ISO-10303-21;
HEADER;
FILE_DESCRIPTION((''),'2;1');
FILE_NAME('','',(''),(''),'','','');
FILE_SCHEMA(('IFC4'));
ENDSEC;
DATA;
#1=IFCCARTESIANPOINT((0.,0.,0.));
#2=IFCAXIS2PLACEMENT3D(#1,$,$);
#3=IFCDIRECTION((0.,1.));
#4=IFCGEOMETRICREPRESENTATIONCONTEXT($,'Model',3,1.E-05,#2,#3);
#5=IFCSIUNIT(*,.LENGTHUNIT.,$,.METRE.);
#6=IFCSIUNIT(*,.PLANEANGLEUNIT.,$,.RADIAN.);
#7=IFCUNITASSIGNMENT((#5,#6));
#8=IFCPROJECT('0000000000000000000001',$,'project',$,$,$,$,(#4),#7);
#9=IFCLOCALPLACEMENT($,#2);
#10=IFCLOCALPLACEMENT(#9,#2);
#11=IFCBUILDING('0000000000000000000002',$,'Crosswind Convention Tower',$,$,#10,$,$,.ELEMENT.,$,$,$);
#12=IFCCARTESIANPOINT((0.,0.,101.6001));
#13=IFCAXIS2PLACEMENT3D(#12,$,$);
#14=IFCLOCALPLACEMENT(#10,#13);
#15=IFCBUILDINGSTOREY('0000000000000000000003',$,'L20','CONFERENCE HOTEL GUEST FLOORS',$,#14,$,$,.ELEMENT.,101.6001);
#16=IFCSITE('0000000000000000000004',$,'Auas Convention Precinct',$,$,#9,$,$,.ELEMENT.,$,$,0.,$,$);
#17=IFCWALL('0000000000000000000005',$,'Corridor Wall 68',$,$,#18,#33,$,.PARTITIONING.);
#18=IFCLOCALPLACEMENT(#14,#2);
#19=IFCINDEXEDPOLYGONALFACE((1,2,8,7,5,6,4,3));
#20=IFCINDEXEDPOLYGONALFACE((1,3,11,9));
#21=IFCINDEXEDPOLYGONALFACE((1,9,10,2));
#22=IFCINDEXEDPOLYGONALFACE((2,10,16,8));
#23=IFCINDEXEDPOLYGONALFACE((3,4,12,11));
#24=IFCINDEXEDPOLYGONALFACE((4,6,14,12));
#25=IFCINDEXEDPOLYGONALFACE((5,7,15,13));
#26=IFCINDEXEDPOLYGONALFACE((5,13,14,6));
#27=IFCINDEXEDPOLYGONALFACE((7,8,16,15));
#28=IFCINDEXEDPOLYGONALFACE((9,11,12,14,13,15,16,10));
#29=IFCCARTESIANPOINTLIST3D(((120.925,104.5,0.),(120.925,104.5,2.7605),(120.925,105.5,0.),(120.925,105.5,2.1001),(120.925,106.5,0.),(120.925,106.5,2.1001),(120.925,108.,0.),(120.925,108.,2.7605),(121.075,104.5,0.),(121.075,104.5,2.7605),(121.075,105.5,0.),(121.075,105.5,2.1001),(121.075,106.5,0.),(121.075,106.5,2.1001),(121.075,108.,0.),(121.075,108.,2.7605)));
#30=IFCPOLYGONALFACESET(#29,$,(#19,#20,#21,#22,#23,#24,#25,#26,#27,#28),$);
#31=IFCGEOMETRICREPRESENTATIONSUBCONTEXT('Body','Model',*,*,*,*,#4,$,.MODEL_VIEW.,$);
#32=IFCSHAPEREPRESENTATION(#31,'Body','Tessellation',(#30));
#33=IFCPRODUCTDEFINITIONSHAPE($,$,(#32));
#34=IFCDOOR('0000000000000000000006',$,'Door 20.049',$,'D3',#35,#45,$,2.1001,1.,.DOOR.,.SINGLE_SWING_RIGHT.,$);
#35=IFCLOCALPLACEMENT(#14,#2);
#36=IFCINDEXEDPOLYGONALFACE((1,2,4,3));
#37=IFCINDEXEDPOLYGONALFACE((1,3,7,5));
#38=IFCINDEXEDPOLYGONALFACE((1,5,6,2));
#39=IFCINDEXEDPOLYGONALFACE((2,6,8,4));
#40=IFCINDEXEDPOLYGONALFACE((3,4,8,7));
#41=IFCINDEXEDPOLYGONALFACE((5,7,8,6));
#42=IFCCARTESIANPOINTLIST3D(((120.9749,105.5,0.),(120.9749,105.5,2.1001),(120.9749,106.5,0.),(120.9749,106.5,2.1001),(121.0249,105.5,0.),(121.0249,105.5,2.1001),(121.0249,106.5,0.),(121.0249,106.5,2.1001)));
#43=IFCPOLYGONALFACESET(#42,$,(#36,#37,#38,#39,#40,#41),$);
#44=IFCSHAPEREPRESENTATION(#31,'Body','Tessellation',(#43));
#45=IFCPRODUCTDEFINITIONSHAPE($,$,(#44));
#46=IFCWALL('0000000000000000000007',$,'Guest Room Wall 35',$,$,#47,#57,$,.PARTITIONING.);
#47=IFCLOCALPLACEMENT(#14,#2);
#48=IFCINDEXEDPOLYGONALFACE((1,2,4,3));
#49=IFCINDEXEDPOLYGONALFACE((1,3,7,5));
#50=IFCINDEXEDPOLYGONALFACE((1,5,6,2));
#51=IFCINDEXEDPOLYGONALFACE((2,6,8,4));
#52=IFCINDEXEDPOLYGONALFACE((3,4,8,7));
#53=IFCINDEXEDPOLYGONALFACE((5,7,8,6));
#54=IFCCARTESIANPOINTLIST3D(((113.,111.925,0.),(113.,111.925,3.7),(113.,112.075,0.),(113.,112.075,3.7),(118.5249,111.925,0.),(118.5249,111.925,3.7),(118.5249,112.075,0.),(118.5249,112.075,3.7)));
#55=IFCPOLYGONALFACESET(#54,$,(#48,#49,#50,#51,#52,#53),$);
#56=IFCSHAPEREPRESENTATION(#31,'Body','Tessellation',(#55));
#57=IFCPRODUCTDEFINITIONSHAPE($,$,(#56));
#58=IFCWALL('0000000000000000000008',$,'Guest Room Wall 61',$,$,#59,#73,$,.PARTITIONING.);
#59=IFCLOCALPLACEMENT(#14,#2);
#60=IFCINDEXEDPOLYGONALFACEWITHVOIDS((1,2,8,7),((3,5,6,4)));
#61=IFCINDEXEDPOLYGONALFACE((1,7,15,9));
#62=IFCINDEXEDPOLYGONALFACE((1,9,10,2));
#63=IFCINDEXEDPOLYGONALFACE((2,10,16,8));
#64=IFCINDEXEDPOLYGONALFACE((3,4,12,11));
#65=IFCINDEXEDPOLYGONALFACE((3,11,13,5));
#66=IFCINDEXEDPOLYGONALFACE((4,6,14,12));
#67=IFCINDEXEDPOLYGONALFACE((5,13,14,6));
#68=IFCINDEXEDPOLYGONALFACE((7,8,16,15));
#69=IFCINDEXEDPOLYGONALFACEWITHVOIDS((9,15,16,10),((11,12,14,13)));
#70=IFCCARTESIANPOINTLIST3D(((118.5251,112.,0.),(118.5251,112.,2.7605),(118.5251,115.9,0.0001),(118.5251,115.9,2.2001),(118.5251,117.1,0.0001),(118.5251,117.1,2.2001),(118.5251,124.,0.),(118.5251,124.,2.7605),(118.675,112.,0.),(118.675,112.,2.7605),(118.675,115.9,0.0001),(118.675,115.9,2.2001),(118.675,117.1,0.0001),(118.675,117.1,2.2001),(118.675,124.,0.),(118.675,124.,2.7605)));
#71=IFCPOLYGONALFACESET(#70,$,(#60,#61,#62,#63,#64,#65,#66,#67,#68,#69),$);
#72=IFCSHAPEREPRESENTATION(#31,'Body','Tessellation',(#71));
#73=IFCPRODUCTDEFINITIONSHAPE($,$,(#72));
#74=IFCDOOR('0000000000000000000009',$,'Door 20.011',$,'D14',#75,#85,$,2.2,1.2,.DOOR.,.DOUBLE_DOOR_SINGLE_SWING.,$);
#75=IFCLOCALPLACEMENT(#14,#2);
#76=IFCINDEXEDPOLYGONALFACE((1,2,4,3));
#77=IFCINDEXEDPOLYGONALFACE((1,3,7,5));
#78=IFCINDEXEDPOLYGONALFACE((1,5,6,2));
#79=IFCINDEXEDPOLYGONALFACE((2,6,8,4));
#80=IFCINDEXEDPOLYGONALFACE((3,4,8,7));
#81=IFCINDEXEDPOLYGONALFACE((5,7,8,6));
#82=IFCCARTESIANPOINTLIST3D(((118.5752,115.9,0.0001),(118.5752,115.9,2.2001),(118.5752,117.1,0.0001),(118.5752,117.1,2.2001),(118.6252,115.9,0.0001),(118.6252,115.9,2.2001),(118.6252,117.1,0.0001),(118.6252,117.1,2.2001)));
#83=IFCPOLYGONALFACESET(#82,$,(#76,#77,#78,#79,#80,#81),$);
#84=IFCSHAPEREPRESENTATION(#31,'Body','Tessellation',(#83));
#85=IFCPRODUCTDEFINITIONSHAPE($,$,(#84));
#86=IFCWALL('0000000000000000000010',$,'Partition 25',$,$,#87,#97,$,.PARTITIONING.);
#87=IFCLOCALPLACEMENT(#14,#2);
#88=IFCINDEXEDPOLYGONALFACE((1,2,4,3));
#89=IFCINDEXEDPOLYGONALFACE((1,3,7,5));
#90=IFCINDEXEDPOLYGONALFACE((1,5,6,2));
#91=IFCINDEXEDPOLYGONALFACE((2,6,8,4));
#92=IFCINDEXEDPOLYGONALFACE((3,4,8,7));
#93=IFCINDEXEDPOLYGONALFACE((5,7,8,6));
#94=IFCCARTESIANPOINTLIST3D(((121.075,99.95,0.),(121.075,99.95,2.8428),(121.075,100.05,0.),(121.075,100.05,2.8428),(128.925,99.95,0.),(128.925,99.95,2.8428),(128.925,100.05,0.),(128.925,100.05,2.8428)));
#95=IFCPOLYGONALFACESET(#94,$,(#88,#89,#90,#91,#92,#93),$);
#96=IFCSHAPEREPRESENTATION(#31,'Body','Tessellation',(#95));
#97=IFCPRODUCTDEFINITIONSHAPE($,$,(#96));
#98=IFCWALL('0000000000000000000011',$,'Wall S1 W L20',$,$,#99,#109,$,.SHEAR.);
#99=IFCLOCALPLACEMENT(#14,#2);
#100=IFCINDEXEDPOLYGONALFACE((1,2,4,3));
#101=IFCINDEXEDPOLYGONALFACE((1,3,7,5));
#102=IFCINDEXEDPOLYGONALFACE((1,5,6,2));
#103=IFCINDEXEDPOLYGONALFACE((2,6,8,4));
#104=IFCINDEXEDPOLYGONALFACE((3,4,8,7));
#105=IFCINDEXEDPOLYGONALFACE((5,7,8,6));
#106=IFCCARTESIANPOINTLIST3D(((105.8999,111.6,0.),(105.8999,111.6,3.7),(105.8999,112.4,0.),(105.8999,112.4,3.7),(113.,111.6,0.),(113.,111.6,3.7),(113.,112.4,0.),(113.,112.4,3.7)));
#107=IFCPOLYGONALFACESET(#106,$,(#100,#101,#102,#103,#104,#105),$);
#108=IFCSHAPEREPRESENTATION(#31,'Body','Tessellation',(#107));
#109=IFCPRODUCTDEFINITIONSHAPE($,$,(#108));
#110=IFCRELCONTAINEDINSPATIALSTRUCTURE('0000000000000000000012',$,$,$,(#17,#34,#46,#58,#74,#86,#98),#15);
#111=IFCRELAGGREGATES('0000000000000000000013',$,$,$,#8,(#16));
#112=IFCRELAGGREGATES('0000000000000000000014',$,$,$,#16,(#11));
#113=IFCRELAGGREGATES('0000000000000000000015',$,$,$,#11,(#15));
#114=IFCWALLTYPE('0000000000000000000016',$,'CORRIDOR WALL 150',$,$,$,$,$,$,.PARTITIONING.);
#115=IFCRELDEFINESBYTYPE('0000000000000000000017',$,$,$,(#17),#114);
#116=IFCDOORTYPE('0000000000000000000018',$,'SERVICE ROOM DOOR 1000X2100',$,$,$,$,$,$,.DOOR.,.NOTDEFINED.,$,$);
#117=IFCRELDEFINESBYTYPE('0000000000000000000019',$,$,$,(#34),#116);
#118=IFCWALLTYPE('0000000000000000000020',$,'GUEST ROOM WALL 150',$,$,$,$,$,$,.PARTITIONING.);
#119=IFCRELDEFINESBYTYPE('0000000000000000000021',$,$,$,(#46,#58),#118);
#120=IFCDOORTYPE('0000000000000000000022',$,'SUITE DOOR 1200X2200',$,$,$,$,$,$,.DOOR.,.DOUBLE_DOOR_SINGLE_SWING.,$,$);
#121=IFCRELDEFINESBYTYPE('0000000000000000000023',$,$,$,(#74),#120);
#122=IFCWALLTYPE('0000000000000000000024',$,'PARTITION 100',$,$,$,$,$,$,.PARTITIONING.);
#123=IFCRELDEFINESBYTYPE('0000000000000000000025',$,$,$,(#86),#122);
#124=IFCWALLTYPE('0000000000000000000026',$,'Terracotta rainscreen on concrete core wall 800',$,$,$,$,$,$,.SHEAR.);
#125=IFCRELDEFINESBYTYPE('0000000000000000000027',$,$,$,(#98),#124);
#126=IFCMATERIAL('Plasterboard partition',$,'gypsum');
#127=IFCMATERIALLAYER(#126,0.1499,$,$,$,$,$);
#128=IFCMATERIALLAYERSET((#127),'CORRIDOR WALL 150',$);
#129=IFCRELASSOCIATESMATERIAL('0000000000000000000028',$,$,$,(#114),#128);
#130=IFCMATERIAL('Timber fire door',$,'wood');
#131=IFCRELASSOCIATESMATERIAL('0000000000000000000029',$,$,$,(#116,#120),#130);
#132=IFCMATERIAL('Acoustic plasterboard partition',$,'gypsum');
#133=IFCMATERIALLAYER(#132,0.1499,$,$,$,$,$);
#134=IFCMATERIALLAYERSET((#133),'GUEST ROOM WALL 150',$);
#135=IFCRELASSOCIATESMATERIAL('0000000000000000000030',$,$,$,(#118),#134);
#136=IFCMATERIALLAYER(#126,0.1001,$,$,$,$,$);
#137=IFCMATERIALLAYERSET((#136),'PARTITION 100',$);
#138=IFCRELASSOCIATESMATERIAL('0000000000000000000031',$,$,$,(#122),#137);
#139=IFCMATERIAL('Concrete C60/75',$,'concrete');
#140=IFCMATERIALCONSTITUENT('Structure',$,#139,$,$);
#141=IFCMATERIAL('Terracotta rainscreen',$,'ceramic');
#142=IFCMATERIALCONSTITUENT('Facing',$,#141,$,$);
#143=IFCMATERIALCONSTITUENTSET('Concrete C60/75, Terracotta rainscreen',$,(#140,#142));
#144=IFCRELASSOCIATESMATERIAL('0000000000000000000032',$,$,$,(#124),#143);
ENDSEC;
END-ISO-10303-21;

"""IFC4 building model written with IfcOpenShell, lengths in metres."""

from ifc_helpers import new_model, si_unit, direction, frame, frame_2d, origin, place, context, subcontext, project, spatial, rectangle, extrude, material, layer, layer_set, constituent, constituent_set, type_object, element, fill, save


model = new_model("IFC4")

# Units and contexts
model_context = context("Model", 3, precision=1e-05, world=origin(), true_north=direction((0.0, 1.0)))
body_context = subcontext(model_context, "Body", "Model", "MODEL_VIEW")
ifc_project = project(units=[si_unit("LENGTHUNIT", "METRE"), si_unit("PLANEANGLEUNIT", "RADIAN")], contexts=[model_context])

# Site, building, storey
site_placement = place(None, origin())
site = spatial("IfcSite", under=ifc_project, at=site_placement, Name="Auas Convention Precinct", CompositionType="ELEMENT", RefElevation=0.0)
building_placement = place(site_placement, origin())
building = spatial("IfcBuilding", under=site, at=building_placement, Name="Crosswind Convention Tower", CompositionType="ELEMENT")
storey_placement = place(building_placement, frame((0.0, 0.0, 101.6001)))
storey = spatial("IfcBuildingStorey", under=building, at=storey_placement, Name="L20", Description="CONFERENCE HOTEL GUEST FLOORS", CompositionType="ELEMENT", Elevation=101.6001)

# Shared definitions
ifc_material_1 = material(Name="Plasterboard partition", Category="gypsum")
ifc_layer_1 = layer(ifc_material_1, 0.1499)
ifc_layer_set_1 = layer_set([ifc_layer_1], Name="CORRIDOR WALL 150")
wall_type_1 = type_object("IfcWallType", Name="CORRIDOR WALL 150", PredefinedType="PARTITIONING", material=ifc_layer_set_1)

# Wall, opening, door
ifc_material_2 = material(Name="Timber fire door", Category="wood")
door_type_1 = type_object("IfcDoorType", Name="SERVICE ROOM DOOR 1000X2100", OperationType="NOTDEFINED", PredefinedType="DOOR", material=ifc_material_2)
wall_1_placement = place(storey_placement, frame((121.0, 104.5, 0.0), z_axis=(0.0, 0.0, 1.0), x_axis=(0.0, 1.0, 0.0)))
wall_1 = element("IfcWall", 1, at=wall_1_placement, inside=storey, type_object=wall_type_1, Name="Corridor Wall 68", PredefinedType="PARTITIONING", context=body_context, shape_type="SweptSolid", body=[
    extrude(rectangle(XDim=3.5, YDim=0.1499, at=frame_2d((1.75, 0.0))), origin(), (0.0, 0.0, 1.0), 2.7605),
])
opening_1_placement = place(wall_1_placement, frame((1.0, 0.0, 0.0)))
opening_1 = element("IfcOpeningElement", 2, at=opening_1_placement, cuts=wall_1, PredefinedType="OPENING", context=body_context, shape_type="SweptSolid", body=[
    extrude(rectangle(XDim=1.0, YDim=2.1001, at=frame_2d((0.5, 1.05))), frame((0.0, 0.085, 0.0), z_axis=(0.0, -1.0, 0.0), x_axis=(1.0, 0.0, 0.0)), (0.0, 0.0, 1.0), 0.1699),
])
door_1_placement = place(opening_1_placement, frame((1.0, 0.0, 0.0), z_axis=(0.0, 0.0, 1.0), x_axis=(-1.0, 0.0, 0.0)))
door_1 = element("IfcDoor", 3, at=door_1_placement, inside=storey, type_object=door_type_1, Name="Door 20.049", ObjectType="D3", OperationType="SINGLE_SWING_RIGHT", OverallHeight=2.1001, OverallWidth=1.0, PredefinedType="DOOR", context=body_context, shape_type="SweptSolid", body=[
    extrude(rectangle(XDim=1.0, YDim=2.1001, at=frame_2d((0.5, 1.05))), frame((0.0, 0.0249, 0.0), z_axis=(0.0, -1.0, 0.0), x_axis=(1.0, 0.0, 0.0)), (0.0, 0.0, 1.0), 0.05),
])
fill(opening_1, door_1)

# Wall
ifc_material_3 = material(Name="Acoustic plasterboard partition", Category="gypsum")
ifc_layer_2 = layer(ifc_material_3, 0.1499)
ifc_layer_set_2 = layer_set([ifc_layer_2], Name="GUEST ROOM WALL 150")
wall_type_2 = type_object("IfcWallType", Name="GUEST ROOM WALL 150", PredefinedType="PARTITIONING", material=ifc_layer_set_2)
wall_2_placement = place(storey_placement, frame((113.0, 112.0, 0.0), z_axis=(0.0, 0.0, 1.0), x_axis=(1.0, 0.0, 0.0)))
element("IfcWall", 4, at=wall_2_placement, inside=storey, type_object=wall_type_2, Name="Guest Room Wall 35", PredefinedType="PARTITIONING", context=body_context, shape_type="SweptSolid", body=[
    extrude(rectangle(XDim=5.5249, YDim=0.1499, at=frame_2d((2.7625, 0.0))), origin(), (0.0, 0.0, 1.0), 3.7),
])

# Wall, opening, door
wall_3_placement = place(storey_placement, frame((118.6001, 112.0, 0.0), z_axis=(0.0, 0.0, 1.0), x_axis=(0.0, 1.0, 0.0)))
wall_3 = element("IfcWall", 5, at=wall_3_placement, inside=storey, type_object=wall_type_2, Name="Guest Room Wall 61", PredefinedType="PARTITIONING", context=body_context, shape_type="SweptSolid", body=[
    extrude(rectangle(XDim=12.0, YDim=0.1499, at=frame_2d((6.0, 0.0))), origin(), (0.0, 0.0, 1.0), 2.7605),
])
opening_2_placement = place(wall_3_placement, frame((3.8999, 0.0, 0.0)))
opening_2 = element("IfcOpeningElement", 6, at=opening_2_placement, cuts=wall_3, PredefinedType="OPENING", context=body_context, shape_type="SweptSolid", body=[
    extrude(rectangle(XDim=1.2, YDim=2.2, at=frame_2d((0.6001, 1.1001))), frame((0.0, 0.085, 0.0), z_axis=(0.0, -1.0, 0.0), x_axis=(1.0, 0.0, 0.0)), (0.0, 0.0, 1.0), 0.1699),
])
door_type_2 = type_object("IfcDoorType", Name="SUITE DOOR 1200X2200", OperationType="DOUBLE_DOOR_SINGLE_SWING", PredefinedType="DOOR", material=ifc_material_2)
door_2_placement = place(opening_2_placement, origin())
door_2 = element("IfcDoor", 7, at=door_2_placement, inside=storey, type_object=door_type_2, Name="Door 20.011", ObjectType="D14", OperationType="DOUBLE_DOOR_SINGLE_SWING", OverallHeight=2.2, OverallWidth=1.2, PredefinedType="DOOR", context=body_context, shape_type="SweptSolid", body=[
    extrude(rectangle(XDim=1.2, YDim=2.2, at=frame_2d((0.6001, 1.1001))), frame((0.0, 0.0249, 0.0), z_axis=(0.0, -1.0, 0.0), x_axis=(1.0, 0.0, 0.0)), (0.0, 0.0, 1.0), 0.05),
])
fill(opening_2, door_2)

# Walls
ifc_layer_3 = layer(ifc_material_1, 0.1001)
ifc_layer_set_3 = layer_set([ifc_layer_3], Name="PARTITION 100")
wall_type_3 = type_object("IfcWallType", Name="PARTITION 100", PredefinedType="PARTITIONING", material=ifc_layer_set_3)
wall_4_placement = place(storey_placement, frame((121.075, 100.0, 0.0), z_axis=(0.0, 0.0, 1.0), x_axis=(1.0, 0.0, 0.0)))
element("IfcWall", 8, at=wall_4_placement, inside=storey, type_object=wall_type_3, Name="Partition 25", PredefinedType="PARTITIONING", context=body_context, shape_type="SweptSolid", body=[
    extrude(rectangle(XDim=7.8501, YDim=0.1001, at=frame_2d((3.925, 0.0))), origin(), (0.0, 0.0, 1.0), 2.8428),
])
ifc_material_4 = material(Name="Concrete C60/75", Category="concrete")
ifc_constituent_1 = constituent(ifc_material_4, Name="Structure")
ifc_material_5 = material(Name="Terracotta rainscreen", Category="ceramic")
ifc_constituent_2 = constituent(ifc_material_5, Name="Facing")
ifc_constituent_set = constituent_set(constituents=[ifc_constituent_1, ifc_constituent_2], Name="Concrete C60/75, Terracotta rainscreen")
wall_type_4 = type_object("IfcWallType", Name="Terracotta rainscreen on concrete core wall 800", PredefinedType="SHEAR", material=ifc_constituent_set)
wall_5_placement = place(storey_placement, frame((113.0, 112.0, 0.0), z_axis=(0.0, 0.0, 1.0), x_axis=(-1.0, 0.0, 0.0)))
element("IfcWall", 9, at=wall_5_placement, inside=storey, type_object=wall_type_4, Name="Wall S1 W L20", PredefinedType="SHEAR", context=body_context, shape_type="SweptSolid", body=[
    extrude(rectangle(XDim=7.1001, YDim=0.8, at=frame_2d((3.55, 0.0))), origin(), (0.0, 0.0, 1.0), 3.7),
])

save(model, "model.ifc")
